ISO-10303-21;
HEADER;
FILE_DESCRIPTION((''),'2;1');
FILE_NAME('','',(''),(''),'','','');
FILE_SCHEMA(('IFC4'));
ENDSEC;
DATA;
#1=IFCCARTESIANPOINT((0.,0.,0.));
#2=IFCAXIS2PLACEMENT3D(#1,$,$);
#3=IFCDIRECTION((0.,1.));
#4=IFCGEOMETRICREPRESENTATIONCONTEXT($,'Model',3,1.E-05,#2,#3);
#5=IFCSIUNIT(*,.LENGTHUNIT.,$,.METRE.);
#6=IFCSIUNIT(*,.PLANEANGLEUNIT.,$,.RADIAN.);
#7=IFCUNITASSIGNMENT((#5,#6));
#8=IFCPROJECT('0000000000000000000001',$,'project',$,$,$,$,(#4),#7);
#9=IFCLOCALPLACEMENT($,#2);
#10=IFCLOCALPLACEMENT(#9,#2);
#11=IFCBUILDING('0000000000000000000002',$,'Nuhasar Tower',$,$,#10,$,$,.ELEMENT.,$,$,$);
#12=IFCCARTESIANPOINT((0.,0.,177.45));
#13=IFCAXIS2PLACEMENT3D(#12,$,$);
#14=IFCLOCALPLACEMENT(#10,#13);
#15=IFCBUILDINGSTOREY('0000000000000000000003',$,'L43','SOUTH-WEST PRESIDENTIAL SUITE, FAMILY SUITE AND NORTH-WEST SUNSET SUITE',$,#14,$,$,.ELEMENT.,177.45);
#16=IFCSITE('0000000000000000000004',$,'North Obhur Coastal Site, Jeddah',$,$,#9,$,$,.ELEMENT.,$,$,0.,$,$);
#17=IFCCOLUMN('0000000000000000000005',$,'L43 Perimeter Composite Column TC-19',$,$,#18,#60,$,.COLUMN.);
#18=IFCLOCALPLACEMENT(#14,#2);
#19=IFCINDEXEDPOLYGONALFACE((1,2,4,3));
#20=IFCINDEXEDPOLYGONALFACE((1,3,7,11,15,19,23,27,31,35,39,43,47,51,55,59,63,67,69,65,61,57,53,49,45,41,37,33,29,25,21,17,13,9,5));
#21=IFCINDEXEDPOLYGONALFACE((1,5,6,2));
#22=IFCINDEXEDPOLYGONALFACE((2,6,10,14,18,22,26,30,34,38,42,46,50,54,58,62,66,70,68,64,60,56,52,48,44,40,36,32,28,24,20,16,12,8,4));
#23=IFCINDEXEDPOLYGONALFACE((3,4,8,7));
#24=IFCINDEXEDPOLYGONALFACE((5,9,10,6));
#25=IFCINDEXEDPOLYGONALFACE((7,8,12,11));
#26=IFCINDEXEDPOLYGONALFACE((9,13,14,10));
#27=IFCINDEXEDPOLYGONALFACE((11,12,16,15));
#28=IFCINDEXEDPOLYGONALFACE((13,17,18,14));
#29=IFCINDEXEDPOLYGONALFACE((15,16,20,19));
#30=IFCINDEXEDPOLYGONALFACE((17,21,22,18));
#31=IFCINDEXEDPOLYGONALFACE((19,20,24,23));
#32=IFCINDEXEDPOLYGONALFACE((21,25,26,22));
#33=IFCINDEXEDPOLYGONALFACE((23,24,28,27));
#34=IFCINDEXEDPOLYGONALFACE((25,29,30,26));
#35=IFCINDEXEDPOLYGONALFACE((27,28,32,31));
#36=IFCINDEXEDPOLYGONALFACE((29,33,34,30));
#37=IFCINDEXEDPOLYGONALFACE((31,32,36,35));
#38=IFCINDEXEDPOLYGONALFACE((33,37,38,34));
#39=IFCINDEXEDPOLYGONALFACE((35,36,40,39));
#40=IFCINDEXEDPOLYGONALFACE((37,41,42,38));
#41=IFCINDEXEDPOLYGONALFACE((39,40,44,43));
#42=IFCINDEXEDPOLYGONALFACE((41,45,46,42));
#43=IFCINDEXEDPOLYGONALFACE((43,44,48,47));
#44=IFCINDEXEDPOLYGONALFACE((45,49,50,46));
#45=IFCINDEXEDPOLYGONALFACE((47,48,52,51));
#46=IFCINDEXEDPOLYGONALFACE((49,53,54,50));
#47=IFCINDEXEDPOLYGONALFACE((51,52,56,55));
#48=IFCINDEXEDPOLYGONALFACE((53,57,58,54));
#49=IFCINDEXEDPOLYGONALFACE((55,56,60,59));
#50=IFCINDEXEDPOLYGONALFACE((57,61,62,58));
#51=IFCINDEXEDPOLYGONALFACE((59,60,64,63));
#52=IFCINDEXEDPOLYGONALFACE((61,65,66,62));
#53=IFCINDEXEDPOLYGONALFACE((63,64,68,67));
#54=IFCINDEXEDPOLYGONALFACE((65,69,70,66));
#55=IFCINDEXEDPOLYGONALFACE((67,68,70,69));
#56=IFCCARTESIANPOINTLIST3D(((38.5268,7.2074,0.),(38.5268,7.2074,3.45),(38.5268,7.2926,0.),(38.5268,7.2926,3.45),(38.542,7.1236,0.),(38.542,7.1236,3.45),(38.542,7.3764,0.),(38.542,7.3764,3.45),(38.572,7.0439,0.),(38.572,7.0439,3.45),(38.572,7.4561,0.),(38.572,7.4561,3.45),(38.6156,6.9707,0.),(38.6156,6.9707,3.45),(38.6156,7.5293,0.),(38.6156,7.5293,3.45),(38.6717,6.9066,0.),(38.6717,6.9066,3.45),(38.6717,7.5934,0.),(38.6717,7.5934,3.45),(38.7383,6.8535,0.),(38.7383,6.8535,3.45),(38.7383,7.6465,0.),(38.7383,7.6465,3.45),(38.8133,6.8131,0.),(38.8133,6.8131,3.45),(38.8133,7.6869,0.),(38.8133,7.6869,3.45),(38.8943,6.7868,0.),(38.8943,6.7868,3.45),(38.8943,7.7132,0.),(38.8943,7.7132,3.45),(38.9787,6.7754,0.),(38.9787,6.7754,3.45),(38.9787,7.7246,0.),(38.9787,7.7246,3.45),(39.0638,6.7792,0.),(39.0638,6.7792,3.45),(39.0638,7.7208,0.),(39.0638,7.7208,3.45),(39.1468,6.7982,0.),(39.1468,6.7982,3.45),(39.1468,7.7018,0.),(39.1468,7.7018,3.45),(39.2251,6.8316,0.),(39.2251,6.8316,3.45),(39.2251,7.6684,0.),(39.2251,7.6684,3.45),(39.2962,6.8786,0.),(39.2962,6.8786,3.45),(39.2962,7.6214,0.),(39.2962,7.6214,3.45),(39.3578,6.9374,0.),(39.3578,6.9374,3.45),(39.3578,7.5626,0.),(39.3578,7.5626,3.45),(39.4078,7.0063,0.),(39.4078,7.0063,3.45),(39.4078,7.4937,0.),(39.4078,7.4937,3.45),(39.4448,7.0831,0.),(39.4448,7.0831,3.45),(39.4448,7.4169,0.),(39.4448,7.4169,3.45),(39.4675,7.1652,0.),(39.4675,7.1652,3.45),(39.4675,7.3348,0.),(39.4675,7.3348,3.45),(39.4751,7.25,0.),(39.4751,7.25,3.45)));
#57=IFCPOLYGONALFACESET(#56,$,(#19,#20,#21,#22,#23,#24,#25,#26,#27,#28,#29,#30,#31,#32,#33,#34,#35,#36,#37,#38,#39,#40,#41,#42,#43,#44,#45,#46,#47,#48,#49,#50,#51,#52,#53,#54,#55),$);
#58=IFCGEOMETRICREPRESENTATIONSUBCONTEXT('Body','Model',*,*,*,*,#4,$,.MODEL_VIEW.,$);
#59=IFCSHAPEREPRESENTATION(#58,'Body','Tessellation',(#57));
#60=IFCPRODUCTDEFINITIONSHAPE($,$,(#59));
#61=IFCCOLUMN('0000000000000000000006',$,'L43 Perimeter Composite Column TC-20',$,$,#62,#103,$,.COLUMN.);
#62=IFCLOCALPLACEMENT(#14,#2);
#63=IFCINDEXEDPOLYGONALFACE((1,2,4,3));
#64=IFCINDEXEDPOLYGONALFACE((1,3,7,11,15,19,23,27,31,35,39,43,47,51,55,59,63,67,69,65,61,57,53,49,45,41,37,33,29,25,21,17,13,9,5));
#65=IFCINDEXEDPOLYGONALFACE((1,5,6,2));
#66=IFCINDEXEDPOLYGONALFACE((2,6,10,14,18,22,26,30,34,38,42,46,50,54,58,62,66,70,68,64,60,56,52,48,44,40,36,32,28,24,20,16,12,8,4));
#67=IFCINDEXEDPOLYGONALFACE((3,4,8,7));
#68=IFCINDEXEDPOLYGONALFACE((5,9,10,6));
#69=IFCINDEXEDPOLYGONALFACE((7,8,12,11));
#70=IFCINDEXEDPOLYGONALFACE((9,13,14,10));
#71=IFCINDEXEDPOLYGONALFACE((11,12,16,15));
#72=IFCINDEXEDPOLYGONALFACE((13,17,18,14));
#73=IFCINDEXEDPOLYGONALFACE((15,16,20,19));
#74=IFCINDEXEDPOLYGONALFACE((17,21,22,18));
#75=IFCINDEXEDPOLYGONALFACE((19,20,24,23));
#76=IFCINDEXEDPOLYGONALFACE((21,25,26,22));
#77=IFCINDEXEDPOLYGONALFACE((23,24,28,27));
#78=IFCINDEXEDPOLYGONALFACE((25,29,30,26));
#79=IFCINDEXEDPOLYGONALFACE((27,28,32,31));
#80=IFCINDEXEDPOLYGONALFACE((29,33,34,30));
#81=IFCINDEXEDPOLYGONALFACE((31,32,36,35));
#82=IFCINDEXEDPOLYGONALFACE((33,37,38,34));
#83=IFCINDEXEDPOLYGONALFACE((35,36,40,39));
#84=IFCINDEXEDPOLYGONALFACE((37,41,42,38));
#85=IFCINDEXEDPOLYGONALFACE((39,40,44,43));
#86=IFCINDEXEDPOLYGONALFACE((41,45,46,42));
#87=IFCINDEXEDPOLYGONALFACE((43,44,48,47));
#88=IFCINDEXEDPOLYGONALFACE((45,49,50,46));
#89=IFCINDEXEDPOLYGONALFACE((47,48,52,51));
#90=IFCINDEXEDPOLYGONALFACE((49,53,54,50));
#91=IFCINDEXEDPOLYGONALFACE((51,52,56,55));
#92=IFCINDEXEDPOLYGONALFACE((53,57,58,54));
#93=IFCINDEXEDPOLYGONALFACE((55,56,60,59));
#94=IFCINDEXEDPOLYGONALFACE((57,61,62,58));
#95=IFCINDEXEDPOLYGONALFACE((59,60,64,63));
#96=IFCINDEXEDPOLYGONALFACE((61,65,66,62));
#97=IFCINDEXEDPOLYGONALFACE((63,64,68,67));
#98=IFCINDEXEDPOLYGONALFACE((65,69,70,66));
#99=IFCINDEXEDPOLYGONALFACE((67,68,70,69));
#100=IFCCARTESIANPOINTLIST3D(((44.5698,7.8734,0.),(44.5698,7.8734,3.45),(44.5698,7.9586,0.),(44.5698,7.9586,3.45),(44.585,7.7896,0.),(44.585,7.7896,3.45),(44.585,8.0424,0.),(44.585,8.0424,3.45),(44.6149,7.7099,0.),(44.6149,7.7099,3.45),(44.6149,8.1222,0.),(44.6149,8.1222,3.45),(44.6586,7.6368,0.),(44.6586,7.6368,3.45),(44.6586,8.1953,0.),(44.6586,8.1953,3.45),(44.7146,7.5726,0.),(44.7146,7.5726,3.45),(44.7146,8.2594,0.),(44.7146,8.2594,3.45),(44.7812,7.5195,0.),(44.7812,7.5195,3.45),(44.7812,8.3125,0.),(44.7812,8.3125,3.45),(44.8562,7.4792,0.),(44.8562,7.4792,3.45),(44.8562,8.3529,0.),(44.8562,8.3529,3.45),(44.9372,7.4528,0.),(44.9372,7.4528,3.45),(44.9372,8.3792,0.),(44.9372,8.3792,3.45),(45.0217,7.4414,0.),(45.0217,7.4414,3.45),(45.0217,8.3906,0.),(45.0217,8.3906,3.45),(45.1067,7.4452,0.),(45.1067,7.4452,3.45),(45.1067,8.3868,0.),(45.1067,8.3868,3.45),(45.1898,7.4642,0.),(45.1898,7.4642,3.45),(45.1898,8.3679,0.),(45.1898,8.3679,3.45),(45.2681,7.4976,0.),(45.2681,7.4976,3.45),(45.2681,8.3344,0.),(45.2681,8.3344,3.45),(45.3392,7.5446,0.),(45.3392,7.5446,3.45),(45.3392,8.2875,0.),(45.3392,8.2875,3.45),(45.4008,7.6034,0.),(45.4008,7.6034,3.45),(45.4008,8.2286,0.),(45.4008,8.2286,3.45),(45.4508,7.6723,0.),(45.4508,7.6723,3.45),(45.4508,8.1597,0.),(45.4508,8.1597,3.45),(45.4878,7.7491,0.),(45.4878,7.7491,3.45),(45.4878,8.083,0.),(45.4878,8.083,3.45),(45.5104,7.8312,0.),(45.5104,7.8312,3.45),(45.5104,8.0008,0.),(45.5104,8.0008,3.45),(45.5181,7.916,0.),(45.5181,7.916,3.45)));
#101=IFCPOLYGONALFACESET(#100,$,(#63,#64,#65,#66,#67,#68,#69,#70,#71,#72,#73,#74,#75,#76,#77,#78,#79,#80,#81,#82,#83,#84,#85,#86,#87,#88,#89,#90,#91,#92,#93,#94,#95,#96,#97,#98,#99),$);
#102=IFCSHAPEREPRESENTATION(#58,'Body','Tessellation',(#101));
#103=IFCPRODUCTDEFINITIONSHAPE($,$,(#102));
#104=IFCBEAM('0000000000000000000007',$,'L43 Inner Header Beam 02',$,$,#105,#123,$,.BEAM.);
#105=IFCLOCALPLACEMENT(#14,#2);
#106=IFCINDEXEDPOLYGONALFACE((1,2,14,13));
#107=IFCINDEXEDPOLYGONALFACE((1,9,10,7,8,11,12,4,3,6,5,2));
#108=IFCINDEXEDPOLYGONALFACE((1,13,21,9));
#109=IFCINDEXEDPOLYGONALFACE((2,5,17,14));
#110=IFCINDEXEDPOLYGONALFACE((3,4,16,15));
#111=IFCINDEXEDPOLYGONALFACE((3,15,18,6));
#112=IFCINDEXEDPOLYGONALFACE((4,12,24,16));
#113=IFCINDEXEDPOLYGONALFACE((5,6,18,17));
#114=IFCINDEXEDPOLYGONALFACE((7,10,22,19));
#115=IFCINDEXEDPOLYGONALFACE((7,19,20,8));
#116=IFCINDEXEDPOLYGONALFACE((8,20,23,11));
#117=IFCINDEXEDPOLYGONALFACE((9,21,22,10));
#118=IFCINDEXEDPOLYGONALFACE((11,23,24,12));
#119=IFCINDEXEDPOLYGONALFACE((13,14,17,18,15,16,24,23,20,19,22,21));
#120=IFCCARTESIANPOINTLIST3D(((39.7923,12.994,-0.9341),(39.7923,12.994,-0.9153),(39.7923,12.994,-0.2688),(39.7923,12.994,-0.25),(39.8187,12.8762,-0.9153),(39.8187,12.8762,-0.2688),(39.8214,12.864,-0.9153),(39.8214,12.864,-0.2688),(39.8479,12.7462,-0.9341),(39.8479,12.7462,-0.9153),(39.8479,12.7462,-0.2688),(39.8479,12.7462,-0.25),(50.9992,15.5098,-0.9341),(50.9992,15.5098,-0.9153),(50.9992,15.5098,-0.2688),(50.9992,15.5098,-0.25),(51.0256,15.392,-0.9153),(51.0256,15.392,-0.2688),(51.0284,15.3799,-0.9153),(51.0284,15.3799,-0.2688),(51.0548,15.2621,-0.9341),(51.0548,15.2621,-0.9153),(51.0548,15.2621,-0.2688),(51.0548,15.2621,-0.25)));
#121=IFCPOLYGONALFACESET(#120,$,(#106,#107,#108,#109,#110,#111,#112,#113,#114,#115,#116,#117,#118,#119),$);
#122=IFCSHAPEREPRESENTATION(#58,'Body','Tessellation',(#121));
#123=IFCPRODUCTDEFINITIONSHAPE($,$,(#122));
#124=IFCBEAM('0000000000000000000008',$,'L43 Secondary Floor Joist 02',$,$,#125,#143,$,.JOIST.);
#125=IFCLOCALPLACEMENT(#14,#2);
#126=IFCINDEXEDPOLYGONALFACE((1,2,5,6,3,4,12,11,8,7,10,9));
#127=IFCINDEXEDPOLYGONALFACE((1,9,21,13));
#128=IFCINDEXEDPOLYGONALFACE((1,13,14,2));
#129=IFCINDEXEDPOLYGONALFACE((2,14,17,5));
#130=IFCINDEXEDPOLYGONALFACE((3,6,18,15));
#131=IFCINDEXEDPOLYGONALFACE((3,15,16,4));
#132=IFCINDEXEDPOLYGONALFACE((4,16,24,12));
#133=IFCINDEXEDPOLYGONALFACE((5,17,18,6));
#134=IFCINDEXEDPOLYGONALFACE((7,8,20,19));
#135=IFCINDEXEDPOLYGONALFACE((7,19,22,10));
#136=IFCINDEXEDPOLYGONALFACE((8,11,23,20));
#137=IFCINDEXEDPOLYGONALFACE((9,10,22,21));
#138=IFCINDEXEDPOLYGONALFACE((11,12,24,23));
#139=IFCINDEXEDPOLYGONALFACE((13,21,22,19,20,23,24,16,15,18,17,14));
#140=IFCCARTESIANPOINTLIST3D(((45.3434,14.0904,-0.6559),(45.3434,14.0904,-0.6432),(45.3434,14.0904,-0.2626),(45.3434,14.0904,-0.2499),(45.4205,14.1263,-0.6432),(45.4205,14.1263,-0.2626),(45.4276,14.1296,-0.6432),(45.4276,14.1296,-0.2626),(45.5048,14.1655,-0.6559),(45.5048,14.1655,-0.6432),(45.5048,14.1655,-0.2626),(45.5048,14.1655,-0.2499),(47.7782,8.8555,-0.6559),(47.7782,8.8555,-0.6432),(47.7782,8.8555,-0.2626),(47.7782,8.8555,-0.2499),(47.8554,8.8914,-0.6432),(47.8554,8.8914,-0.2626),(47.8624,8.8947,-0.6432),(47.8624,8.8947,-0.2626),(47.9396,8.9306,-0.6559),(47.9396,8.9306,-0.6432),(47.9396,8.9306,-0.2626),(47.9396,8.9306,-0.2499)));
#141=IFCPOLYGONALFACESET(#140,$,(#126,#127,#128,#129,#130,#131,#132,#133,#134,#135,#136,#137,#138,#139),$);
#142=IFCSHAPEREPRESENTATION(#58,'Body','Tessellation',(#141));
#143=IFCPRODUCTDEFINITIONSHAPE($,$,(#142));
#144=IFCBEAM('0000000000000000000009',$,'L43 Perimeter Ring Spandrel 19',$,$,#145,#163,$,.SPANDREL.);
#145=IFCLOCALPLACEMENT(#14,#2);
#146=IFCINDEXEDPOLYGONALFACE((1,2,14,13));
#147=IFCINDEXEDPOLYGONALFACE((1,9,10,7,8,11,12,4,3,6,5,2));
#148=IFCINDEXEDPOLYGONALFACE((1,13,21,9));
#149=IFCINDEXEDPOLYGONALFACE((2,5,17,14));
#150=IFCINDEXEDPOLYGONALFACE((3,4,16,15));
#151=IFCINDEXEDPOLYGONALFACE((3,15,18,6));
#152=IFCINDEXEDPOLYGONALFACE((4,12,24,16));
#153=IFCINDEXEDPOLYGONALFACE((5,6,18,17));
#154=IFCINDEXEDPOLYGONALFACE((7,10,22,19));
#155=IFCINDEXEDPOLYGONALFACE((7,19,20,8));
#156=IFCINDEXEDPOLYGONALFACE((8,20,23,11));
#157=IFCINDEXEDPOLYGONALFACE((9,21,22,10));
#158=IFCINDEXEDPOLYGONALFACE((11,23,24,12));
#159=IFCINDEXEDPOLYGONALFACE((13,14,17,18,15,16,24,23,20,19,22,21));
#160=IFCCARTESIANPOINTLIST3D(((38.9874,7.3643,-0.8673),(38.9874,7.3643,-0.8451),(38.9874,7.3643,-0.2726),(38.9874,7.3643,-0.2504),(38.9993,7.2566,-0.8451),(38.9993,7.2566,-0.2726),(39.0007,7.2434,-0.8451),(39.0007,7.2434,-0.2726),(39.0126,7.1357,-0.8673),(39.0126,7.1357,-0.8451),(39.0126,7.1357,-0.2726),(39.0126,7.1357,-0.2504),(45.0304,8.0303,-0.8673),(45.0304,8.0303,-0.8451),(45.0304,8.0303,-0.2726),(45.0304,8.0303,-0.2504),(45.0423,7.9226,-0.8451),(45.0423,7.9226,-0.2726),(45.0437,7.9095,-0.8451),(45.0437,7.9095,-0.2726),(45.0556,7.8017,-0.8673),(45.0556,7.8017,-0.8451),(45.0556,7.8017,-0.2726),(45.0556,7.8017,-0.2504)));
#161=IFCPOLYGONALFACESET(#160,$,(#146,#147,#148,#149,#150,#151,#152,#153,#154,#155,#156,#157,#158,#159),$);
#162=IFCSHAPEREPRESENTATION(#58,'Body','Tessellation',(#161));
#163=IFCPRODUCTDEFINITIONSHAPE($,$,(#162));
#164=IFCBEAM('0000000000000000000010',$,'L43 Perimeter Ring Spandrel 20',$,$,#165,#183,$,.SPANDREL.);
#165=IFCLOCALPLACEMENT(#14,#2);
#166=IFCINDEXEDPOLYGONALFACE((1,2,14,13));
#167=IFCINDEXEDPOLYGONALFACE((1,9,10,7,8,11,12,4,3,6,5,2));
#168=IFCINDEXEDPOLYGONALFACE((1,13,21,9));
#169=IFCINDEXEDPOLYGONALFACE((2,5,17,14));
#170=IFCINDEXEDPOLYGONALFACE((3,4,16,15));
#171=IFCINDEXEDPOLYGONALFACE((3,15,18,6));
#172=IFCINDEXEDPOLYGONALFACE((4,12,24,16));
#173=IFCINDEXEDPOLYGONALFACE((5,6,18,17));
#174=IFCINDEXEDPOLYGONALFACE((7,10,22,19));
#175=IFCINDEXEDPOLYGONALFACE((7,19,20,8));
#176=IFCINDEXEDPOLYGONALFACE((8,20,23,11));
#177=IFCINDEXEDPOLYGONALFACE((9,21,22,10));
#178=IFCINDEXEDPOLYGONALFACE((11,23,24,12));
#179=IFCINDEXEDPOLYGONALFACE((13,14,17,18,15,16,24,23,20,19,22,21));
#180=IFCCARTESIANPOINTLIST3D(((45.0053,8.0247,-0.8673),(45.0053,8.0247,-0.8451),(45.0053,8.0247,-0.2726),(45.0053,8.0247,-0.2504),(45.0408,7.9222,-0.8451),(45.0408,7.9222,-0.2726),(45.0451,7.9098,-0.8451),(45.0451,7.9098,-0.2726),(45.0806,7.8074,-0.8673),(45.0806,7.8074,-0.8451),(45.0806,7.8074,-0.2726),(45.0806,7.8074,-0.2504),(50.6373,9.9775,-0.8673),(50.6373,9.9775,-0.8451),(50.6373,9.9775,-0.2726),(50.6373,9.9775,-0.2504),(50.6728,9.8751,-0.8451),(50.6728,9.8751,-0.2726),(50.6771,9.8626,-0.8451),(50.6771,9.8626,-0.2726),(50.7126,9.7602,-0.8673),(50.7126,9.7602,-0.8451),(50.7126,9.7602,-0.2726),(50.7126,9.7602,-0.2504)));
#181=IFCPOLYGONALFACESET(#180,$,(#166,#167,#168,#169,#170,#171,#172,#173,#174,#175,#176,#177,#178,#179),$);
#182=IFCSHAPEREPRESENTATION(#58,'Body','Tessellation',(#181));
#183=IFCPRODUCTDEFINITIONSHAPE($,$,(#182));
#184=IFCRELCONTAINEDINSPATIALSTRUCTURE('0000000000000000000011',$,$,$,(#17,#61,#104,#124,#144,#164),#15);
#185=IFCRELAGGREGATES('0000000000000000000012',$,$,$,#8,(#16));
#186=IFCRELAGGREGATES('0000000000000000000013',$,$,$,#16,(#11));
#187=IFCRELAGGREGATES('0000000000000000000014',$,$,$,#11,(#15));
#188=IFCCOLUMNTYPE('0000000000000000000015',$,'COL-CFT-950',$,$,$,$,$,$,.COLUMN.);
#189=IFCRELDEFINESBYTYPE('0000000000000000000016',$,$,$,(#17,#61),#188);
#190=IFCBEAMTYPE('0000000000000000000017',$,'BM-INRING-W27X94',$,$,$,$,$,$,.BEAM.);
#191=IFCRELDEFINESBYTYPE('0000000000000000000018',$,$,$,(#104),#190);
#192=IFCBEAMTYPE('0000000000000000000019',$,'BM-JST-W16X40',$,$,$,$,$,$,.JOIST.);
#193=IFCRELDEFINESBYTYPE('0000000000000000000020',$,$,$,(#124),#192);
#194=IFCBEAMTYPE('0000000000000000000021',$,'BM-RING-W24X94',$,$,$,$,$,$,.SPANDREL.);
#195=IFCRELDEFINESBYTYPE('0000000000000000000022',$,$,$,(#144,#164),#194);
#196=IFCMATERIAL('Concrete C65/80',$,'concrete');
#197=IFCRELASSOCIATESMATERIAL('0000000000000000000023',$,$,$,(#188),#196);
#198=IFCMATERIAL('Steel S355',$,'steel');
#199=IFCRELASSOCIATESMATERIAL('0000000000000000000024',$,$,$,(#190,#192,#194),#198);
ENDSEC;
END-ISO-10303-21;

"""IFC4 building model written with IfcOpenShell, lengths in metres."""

from ifc_helpers import new_model, si_unit, direction, frame, origin, origin_2d, place, context, subcontext, project, spatial, circle, i_section, extrude, material, material_profile, profile_set, type_object, element, save


model = new_model("IFC4")

# Units and contexts
model_context = context("Model", 3, precision=1e-05, world=origin(), true_north=direction((0.0, 1.0)))
body_context = subcontext(model_context, "Body", "Model", "MODEL_VIEW")
ifc_project = project(units=[si_unit("LENGTHUNIT", "METRE"), si_unit("PLANEANGLEUNIT", "RADIAN")], contexts=[model_context])

# Site, building, storey
site_placement = place(None, origin())
site = spatial("IfcSite", under=ifc_project, at=site_placement, Name="North Obhur Coastal Site, Jeddah", CompositionType="ELEMENT", RefElevation=0.0)
building_placement = place(site_placement, origin())
building = spatial("IfcBuilding", under=site, at=building_placement, Name="Nuhasar Tower", CompositionType="ELEMENT")
storey_placement = place(building_placement, frame((0.0, 0.0, 177.45)))
storey = spatial("IfcBuildingStorey", under=building, at=storey_placement, Name="L43", Description="SOUTH-WEST PRESIDENTIAL SUITE, FAMILY SUITE AND NORTH-WEST SUNSET SUITE", CompositionType="ELEMENT", Elevation=177.45)

# Columns
ifc_material_1 = material(Name="Concrete C65/80", Category="concrete")
ifc_material_profile_1 = material_profile(ifc_material_1, circle(Radius=0.4751, at=origin_2d()), Name="CFT950")
ifc_profile_set_1 = profile_set([ifc_material_profile_1], Name="Concrete C65/80")
column_type = type_object("IfcColumnType", Name="COL-CFT-950", PredefinedType="COLUMN", material=ifc_profile_set_1)
for number, where, z_axis, x_axis, name in (
    (1, (39.0, 7.25, 0.0), (0.0, 0.0, 1.0), (1.0, 0.0, 0.0), "L43 Perimeter Composite Column TC-19"),
    (2, (45.043, 7.916, 0.0), (0.0, 0.0, 1.0), (1.0, 0.0, 0.0), "L43 Perimeter Composite Column TC-20"),
):
    element("IfcColumn", number, at=place(storey_placement, frame(where, z_axis=z_axis, x_axis=x_axis)), inside=storey, type_object=column_type, Name=name, PredefinedType="COLUMN", context=body_context, shape_type="SweptSolid", body=[
        extrude(circle(Radius=0.4751, at=origin_2d()), origin(), (0.0, 0.0, 1.0), 3.45),
    ])

# Beams
ifc_material_2 = material(Name="Steel S355", Category="steel")
ifc_material_profile_2 = material_profile(ifc_material_2, i_section(OverallWidth=0.2539, OverallDepth=0.6841, WebThickness=0.0125, FlangeThickness=0.0188, at=origin_2d()), Name="W27X94")
ifc_profile_set_2 = profile_set([ifc_material_profile_2], Name="Steel S355")
beam_type_1 = type_object("IfcBeamType", Name="BM-INRING-W27X94", PredefinedType="BEAM", material=ifc_profile_set_2)
beam_1_placement = place(storey_placement, frame((39.8201, 12.8701, -0.592), z_axis=(0.975716, 0.219039, 0.0), x_axis=(-0.219039, 0.975716, 0.0)))
element("IfcBeam", 3, at=beam_1_placement, inside=storey, type_object=beam_type_1, Name="L43 Inner Header Beam 02", PredefinedType="BEAM", context=body_context, shape_type="SweptSolid", body=[
    extrude(i_section(OverallWidth=0.2539, OverallDepth=0.6841, WebThickness=0.0125, FlangeThickness=0.0188, at=origin_2d()), origin(), (0.0, 0.0, 1.0), 11.4858),
])
ifc_material_profile_3 = material_profile(ifc_material_2, i_section(OverallWidth=0.178, OverallDepth=0.406, WebThickness=0.0078, FlangeThickness=0.0127, at=origin_2d()), Name="W16X40")
ifc_profile_set_3 = profile_set([ifc_material_profile_3], Name="Steel S355")
beam_type_2 = type_object("IfcBeamType", Name="BM-JST-W16X40", PredefinedType="JOIST", material=ifc_profile_set_3)
beam_2_placement = place(storey_placement, frame((45.4241, 14.1279, -0.4529), z_axis=(0.42173, -0.906721, 0.0), x_axis=(0.906721, 0.42173, 0.0)))
element("IfcBeam", 4, at=beam_2_placement, inside=storey, type_object=beam_type_2, Name="L43 Secondary Floor Joist 02", PredefinedType="JOIST", context=body_context, shape_type="SweptSolid", body=[
    extrude(i_section(OverallWidth=0.178, OverallDepth=0.406, WebThickness=0.0078, FlangeThickness=0.0127, at=origin_2d()), origin(), (0.0, 0.0, 1.0), 5.7734),
])
ifc_material_profile_4 = material_profile(ifc_material_2, i_section(OverallWidth=0.23, OverallDepth=0.6169, WebThickness=0.0132, FlangeThickness=0.0222, at=origin_2d()), Name="W24X94")
ifc_profile_set_4 = profile_set([ifc_material_profile_4], Name="Steel S355")
beam_type_3 = type_object("IfcBeamType", Name="BM-RING-W24X94", PredefinedType="SPANDREL", material=ifc_profile_set_4)
beam_3_placement = place(storey_placement, frame((39.0, 7.25, -0.5588), z_axis=(0.993981, 0.10955, 0.0), x_axis=(-0.10955, 0.993981, 0.0)))
element("IfcBeam", 5, at=beam_3_placement, inside=storey, type_object=beam_type_3, Name="L43 Perimeter Ring Spandrel 19", PredefinedType="SPANDREL", context=body_context, shape_type="SweptSolid", body=[
    extrude(i_section(OverallWidth=0.23, OverallDepth=0.6169, WebThickness=0.0132, FlangeThickness=0.0222, at=origin_2d()), origin(), (0.0, 0.0, 1.0), 6.0796),
])
beam_4_placement = place(storey_placement, frame((45.043, 7.916, -0.5588), z_axis=(0.944814, 0.327607, 0.0), x_axis=(-0.327607, 0.944814, 0.0)))
element("IfcBeam", 6, at=beam_4_placement, inside=storey, type_object=beam_type_3, Name="L43 Perimeter Ring Spandrel 20", PredefinedType="SPANDREL", context=body_context, shape_type="SweptSolid", body=[
    extrude(i_section(OverallWidth=0.23, OverallDepth=0.6169, WebThickness=0.0132, FlangeThickness=0.0222, at=origin_2d()), origin(), (0.0, 0.0, 1.0), 5.9609),
])

save(model, "model.ifc")
